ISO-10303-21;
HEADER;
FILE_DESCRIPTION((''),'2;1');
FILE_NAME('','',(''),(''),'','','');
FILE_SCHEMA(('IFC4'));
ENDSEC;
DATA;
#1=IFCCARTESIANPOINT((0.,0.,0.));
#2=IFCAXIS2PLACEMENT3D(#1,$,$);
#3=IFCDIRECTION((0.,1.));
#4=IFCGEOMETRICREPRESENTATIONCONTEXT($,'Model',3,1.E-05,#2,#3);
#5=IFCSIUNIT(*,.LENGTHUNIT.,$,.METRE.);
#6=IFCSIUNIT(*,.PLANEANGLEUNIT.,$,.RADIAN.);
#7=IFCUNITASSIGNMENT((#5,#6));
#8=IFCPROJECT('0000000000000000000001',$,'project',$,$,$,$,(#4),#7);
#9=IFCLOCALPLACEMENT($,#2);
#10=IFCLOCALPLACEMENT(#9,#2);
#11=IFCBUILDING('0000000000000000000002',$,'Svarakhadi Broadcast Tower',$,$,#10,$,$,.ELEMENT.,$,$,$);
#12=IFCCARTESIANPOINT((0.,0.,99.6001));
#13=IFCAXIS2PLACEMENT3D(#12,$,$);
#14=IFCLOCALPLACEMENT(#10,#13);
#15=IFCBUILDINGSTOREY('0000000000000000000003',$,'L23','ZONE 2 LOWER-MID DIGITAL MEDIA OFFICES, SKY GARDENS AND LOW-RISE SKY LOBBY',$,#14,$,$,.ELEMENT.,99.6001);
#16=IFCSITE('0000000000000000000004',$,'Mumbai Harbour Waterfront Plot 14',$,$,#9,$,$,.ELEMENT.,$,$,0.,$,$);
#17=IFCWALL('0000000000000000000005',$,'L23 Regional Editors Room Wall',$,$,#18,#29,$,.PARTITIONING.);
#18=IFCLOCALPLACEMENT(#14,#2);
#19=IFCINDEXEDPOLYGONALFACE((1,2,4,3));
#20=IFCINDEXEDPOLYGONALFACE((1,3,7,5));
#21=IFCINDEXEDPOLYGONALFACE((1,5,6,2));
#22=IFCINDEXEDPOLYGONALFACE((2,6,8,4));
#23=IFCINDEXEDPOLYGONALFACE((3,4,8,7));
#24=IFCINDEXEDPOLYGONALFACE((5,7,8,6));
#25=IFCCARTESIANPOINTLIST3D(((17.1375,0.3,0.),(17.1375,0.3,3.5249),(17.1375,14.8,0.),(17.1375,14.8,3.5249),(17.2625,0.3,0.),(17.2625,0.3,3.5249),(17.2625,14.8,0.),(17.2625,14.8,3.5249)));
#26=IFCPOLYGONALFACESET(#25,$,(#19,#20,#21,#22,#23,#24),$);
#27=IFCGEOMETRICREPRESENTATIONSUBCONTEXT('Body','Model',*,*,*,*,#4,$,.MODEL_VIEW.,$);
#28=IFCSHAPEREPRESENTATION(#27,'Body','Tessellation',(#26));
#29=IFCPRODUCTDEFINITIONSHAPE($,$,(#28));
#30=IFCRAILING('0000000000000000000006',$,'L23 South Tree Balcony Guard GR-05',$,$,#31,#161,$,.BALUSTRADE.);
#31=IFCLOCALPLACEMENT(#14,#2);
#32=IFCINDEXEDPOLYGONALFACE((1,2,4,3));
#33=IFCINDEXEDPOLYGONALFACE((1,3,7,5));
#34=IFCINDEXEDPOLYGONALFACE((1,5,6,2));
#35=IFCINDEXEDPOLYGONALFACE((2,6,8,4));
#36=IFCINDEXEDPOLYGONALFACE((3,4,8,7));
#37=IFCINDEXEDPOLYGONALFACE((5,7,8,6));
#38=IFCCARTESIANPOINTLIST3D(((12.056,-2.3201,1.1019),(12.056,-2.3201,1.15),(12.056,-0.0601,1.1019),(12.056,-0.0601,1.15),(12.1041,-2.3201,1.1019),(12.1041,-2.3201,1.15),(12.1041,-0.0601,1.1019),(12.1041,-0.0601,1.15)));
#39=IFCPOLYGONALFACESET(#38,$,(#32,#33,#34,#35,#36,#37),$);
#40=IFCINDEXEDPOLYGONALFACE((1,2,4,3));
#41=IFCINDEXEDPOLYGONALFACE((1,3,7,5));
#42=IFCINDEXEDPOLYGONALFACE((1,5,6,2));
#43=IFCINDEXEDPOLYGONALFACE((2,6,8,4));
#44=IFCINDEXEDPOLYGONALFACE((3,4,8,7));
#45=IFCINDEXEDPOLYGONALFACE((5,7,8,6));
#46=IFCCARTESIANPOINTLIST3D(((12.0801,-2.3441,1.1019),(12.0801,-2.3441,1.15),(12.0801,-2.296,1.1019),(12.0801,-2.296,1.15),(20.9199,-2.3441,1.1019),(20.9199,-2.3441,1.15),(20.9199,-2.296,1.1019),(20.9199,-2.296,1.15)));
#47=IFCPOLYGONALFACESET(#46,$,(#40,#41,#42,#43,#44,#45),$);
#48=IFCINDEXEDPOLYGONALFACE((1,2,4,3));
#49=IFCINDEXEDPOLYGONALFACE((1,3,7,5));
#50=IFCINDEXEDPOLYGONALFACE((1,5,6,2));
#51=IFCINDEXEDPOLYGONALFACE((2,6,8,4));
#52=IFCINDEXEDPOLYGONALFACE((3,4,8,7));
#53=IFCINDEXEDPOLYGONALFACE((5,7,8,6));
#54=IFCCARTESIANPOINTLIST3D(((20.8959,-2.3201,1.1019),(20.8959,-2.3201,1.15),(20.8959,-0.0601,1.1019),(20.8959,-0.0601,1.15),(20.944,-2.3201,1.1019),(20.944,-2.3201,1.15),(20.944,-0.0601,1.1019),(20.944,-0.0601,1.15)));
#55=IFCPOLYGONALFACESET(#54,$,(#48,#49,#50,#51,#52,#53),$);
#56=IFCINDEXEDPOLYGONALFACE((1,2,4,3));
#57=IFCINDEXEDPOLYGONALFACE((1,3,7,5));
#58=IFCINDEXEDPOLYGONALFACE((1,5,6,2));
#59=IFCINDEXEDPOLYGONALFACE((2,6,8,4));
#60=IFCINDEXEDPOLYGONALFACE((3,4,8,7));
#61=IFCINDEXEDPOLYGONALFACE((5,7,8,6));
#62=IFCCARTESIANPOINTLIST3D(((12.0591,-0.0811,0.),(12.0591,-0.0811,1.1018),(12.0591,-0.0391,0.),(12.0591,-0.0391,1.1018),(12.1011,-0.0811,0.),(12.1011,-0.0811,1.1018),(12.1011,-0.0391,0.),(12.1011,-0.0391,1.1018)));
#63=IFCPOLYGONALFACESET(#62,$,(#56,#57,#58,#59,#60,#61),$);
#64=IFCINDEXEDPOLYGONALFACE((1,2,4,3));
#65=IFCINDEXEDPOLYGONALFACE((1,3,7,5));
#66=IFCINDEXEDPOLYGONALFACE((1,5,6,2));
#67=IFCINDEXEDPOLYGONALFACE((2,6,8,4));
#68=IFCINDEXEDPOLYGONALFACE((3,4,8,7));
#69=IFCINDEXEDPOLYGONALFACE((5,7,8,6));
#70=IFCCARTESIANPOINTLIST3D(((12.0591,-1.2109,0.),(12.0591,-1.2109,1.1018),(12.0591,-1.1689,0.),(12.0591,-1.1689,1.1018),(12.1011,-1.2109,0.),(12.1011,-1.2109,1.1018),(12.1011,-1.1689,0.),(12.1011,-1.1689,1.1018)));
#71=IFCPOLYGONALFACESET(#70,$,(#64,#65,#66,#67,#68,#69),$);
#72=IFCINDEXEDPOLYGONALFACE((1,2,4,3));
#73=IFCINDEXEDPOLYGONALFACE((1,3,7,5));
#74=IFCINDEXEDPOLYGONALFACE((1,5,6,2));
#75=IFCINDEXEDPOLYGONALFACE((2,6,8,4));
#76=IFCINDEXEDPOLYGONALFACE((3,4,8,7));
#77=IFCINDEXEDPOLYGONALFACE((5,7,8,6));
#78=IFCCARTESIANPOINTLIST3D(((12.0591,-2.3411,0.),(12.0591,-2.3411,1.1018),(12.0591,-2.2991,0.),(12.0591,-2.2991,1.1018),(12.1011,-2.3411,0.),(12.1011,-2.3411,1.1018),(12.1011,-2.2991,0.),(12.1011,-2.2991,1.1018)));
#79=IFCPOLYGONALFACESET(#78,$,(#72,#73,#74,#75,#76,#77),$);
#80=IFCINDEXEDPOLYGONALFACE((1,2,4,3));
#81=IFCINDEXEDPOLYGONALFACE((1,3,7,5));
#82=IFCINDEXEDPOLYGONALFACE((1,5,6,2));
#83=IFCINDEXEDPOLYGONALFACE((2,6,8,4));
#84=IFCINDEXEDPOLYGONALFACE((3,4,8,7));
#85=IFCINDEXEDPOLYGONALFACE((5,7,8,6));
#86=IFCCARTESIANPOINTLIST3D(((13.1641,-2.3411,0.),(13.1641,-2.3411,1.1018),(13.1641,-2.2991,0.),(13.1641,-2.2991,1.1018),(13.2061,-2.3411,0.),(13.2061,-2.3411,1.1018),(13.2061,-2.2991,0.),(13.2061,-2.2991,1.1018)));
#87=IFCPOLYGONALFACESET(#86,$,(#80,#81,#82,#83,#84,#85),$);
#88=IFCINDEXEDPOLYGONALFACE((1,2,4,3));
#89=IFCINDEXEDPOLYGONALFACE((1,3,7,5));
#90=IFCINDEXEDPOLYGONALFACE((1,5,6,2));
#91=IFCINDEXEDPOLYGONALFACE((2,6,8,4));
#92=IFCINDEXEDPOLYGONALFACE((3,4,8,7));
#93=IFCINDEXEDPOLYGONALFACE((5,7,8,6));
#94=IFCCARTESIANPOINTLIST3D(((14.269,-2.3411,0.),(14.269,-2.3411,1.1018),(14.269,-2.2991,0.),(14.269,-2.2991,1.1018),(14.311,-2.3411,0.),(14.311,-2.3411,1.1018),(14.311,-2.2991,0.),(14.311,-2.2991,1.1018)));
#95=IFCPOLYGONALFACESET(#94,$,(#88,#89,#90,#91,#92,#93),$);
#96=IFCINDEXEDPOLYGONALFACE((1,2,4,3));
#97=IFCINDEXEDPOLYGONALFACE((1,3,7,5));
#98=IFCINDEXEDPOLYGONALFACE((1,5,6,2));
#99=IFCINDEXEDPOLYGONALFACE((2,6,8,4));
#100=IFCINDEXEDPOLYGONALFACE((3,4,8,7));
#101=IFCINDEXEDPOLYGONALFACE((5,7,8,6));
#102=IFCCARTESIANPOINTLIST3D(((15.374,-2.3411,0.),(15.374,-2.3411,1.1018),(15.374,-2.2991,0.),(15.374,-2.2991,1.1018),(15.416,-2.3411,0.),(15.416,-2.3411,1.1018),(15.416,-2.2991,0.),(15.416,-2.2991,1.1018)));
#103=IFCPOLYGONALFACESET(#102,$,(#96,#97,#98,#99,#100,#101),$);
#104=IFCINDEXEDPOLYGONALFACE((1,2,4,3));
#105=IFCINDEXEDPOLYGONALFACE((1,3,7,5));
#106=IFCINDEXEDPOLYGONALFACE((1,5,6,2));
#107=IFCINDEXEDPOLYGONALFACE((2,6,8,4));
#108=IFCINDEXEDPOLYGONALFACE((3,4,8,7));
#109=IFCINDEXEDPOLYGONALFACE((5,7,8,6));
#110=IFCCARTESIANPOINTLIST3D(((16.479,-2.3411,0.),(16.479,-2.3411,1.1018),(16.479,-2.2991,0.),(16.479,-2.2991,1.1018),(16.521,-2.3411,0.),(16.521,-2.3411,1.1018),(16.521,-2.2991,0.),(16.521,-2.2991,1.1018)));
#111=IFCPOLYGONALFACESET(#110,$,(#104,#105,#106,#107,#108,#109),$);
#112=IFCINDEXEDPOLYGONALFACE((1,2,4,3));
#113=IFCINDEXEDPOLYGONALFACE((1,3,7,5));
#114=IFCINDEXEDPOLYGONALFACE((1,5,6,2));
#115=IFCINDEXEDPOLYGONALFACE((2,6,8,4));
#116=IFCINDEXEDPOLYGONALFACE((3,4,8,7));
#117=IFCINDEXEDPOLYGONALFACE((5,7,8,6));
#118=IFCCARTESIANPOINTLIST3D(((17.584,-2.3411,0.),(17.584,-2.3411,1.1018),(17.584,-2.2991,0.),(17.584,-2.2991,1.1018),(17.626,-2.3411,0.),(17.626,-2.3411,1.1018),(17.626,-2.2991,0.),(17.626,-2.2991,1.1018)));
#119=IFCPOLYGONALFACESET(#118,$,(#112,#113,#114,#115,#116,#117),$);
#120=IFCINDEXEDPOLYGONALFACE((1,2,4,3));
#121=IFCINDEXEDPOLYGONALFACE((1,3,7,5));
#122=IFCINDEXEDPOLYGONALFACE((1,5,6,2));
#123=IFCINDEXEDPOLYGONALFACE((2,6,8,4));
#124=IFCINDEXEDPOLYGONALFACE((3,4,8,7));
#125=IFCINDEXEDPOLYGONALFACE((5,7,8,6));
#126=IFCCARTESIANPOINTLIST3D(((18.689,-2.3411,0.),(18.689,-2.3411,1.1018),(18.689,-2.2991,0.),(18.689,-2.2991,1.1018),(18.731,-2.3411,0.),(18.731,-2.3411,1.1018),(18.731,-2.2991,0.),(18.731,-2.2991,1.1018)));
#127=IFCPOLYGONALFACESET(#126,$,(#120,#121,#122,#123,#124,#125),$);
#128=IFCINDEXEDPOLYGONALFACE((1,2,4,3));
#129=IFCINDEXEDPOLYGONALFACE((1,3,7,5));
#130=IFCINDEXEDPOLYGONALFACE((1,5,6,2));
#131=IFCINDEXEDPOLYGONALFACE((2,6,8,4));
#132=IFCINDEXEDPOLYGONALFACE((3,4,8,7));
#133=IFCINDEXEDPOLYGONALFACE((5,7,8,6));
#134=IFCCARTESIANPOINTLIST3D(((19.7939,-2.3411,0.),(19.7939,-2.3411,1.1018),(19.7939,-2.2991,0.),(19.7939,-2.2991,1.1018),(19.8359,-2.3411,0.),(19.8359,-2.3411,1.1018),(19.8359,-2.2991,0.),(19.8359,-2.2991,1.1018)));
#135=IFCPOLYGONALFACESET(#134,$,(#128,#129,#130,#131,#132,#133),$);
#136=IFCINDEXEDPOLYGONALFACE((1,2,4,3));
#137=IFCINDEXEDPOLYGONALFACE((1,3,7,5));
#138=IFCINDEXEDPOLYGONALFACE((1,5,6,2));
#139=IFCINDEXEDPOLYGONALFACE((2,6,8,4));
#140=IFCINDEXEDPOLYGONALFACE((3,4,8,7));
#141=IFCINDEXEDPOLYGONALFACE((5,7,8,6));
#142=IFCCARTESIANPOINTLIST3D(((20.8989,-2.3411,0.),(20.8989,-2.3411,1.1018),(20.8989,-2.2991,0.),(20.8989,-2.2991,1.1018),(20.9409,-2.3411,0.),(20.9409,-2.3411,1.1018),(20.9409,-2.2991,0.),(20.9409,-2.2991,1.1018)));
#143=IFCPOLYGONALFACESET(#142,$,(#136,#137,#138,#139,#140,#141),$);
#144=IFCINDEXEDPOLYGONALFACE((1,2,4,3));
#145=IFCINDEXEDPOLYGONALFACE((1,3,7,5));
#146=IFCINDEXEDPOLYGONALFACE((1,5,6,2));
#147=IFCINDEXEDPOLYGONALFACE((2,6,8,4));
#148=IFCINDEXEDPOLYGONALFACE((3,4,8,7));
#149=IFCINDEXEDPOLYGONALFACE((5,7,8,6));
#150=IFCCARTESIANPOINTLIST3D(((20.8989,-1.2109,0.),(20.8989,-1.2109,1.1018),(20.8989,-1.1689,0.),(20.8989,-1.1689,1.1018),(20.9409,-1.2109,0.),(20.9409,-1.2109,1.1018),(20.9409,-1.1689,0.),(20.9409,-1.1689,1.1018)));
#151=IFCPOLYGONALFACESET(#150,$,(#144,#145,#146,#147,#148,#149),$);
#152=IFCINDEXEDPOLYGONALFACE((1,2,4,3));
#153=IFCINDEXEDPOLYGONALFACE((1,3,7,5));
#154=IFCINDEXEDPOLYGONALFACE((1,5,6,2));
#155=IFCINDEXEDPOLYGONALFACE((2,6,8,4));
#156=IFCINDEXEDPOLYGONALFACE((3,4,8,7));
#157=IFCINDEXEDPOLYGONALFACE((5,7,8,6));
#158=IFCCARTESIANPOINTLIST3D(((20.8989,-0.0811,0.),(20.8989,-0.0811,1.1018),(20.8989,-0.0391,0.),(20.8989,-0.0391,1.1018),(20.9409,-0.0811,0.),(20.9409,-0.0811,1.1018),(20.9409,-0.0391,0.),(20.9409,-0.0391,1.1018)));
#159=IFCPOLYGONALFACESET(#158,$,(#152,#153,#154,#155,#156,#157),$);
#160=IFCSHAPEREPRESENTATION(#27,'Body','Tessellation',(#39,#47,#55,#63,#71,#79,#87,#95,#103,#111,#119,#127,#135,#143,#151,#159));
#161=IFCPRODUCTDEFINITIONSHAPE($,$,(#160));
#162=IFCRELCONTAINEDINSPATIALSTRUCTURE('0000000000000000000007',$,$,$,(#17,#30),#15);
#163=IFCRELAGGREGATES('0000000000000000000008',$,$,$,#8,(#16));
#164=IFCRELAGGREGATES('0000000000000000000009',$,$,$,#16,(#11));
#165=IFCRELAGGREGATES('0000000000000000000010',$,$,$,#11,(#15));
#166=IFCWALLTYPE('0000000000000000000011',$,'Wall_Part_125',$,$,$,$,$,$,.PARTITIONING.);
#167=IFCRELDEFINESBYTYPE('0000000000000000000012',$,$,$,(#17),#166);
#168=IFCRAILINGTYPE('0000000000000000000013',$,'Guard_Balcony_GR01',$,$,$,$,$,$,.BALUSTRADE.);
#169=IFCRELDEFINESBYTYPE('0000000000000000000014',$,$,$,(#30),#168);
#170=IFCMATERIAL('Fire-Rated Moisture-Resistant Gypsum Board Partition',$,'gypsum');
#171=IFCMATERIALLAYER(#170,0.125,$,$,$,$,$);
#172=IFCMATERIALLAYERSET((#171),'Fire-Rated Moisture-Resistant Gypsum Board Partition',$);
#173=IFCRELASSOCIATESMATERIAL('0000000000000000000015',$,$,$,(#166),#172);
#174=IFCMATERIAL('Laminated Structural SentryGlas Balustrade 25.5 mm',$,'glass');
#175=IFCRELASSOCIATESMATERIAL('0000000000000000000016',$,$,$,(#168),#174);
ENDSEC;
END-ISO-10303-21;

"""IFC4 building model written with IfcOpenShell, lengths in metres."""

from ifc_helpers import new_model, si_unit, direction, frame, frame_2d, origin, origin_2d, place, context, subcontext, project, spatial, rectangle, extrude, material, layer, layer_set, type_object, element, save


model = new_model("IFC4")

# Units and contexts
model_context = context("Model", 3, precision=1e-05, world=origin(), true_north=direction((0.0, 1.0)))
body_context = subcontext(model_context, "Body", "Model", "MODEL_VIEW")
ifc_project = project(units=[si_unit("LENGTHUNIT", "METRE"), si_unit("PLANEANGLEUNIT", "RADIAN")], contexts=[model_context])

# Site, building, storey
site_placement = place(None, origin())
site = spatial("IfcSite", under=ifc_project, at=site_placement, Name="Mumbai Harbour Waterfront Plot 14", CompositionType="ELEMENT", RefElevation=0.0)
building_placement = place(site_placement, origin())
building = spatial("IfcBuilding", under=site, at=building_placement, Name="Svarakhadi Broadcast Tower", CompositionType="ELEMENT")
storey_placement = place(building_placement, frame((0.0, 0.0, 99.6001)))
storey = spatial("IfcBuildingStorey", under=building, at=storey_placement, Name="L23", Description="ZONE 2 LOWER-MID DIGITAL MEDIA OFFICES, SKY GARDENS AND LOW-RISE SKY LOBBY", CompositionType="ELEMENT", Elevation=99.6001)

# Wall
ifc_material_1 = material(Name="Fire-Rated Moisture-Resistant Gypsum Board Partition", Category="gypsum")
ifc_layer_1 = layer(ifc_material_1, 0.125)
ifc_layer_set_1 = layer_set([ifc_layer_1], Name="Fire-Rated Moisture-Resistant Gypsum Board Partition")
wall_type_1 = type_object("IfcWallType", Name="Wall_Part_125", PredefinedType="PARTITIONING", material=ifc_layer_set_1)
wall_1_placement = place(storey_placement, frame((17.2, 0.3, 0.0), z_axis=(0.0, 0.0, 1.0), x_axis=(0.0, 1.0, 0.0)))
element("IfcWall", 1, at=wall_1_placement, inside=storey, type_object=wall_type_1, Name="L23 Regional Editors Room Wall", PredefinedType="PARTITIONING", context=body_context, shape_type="SweptSolid", body=[
    extrude(rectangle(XDim=14.5, YDim=0.125, at=frame_2d((7.25, 0.0))), origin(), (0.0, 0.0, 1.0), 3.5249),
])

# Railing
ifc_material_2 = material(Name="Laminated Structural SentryGlas Balustrade 25.5 mm", Category="glass")
railing_type = type_object("IfcRailingType", Name="Guard_Balcony_GR01", PredefinedType="BALUSTRADE", material=ifc_material_2)
railing_placement = place(storey_placement, frame((12.0801, -0.0601, 0.0)))
element("IfcRailing", 2, at=railing_placement, inside=storey, type_object=railing_type, Name="L23 South Tree Balcony Guard GR-05", PredefinedType="BALUSTRADE", context=body_context, shape_type="SweptSolid", body=[
    extrude(rectangle(XDim=0.0481, YDim=0.0481, at=origin_2d()), frame((0.0, 0.0, 1.126), z_axis=(0.0, -1.0, 0.0), x_axis=(1.0, 0.0, 0.0)), (0.0, 0.0, 1.0), 2.26),
    extrude(rectangle(XDim=0.0481, YDim=0.0481, at=origin_2d()), frame((0.0, -2.26, 1.126), z_axis=(1.0, 0.0, 0.0), x_axis=(0.0, 1.0, 0.0)), (0.0, 0.0, 1.0), 8.8398),
    extrude(rectangle(XDim=0.0481, YDim=0.0481, at=origin_2d()), frame((8.8398, -2.26, 1.126), z_axis=(0.0, 1.0, 0.0), x_axis=(-1.0, 0.0, 0.0)), (0.0, 0.0, 1.0), 2.26),
    extrude(rectangle(XDim=0.042, YDim=0.042, at=origin_2d()), origin(), (0.0, 0.0, 1.0), 1.1018),
    extrude(rectangle(XDim=0.042, YDim=0.042, at=origin_2d()), frame((0.0, -1.1299, 0.0)), (0.0, 0.0, 1.0), 1.1018),
    extrude(rectangle(XDim=0.042, YDim=0.042, at=origin_2d()), frame((0.0, -2.26, 0.0)), (0.0, 0.0, 1.0), 1.1018),
    extrude(rectangle(XDim=0.042, YDim=0.042, at=origin_2d()), frame((1.105, -2.26, 0.0)), (0.0, 0.0, 1.0), 1.1018),
    extrude(rectangle(XDim=0.042, YDim=0.042, at=origin_2d()), frame((2.21, -2.26, 0.0)), (0.0, 0.0, 1.0), 1.1018),
    extrude(rectangle(XDim=0.042, YDim=0.042, at=origin_2d()), frame((3.3149, -2.26, 0.0)), (0.0, 0.0, 1.0), 1.1018),
    extrude(rectangle(XDim=0.042, YDim=0.042, at=origin_2d()), frame((4.4199, -2.26, 0.0)), (0.0, 0.0, 1.0), 1.1018),
    extrude(rectangle(XDim=0.042, YDim=0.042, at=origin_2d()), frame((5.5249, -2.26, 0.0)), (0.0, 0.0, 1.0), 1.1018),
    extrude(rectangle(XDim=0.042, YDim=0.042, at=origin_2d()), frame((6.6299, -2.26, 0.0)), (0.0, 0.0, 1.0), 1.1018),
    extrude(rectangle(XDim=0.042, YDim=0.042, at=origin_2d()), frame((7.7349, -2.26, 0.0)), (0.0, 0.0, 1.0), 1.1018),
    extrude(rectangle(XDim=0.042, YDim=0.042, at=origin_2d()), frame((8.8398, -2.26, 0.0)), (0.0, 0.0, 1.0), 1.1018),
    extrude(rectangle(XDim=0.042, YDim=0.042, at=origin_2d()), frame((8.8398, -1.1299, 0.0)), (0.0, 0.0, 1.0), 1.1018),
    extrude(rectangle(XDim=0.042, YDim=0.042, at=origin_2d()), frame((8.8398, 0.0, 0.0)), (0.0, 0.0, 1.0), 1.1018),
])

save(model, "model.ifc")
